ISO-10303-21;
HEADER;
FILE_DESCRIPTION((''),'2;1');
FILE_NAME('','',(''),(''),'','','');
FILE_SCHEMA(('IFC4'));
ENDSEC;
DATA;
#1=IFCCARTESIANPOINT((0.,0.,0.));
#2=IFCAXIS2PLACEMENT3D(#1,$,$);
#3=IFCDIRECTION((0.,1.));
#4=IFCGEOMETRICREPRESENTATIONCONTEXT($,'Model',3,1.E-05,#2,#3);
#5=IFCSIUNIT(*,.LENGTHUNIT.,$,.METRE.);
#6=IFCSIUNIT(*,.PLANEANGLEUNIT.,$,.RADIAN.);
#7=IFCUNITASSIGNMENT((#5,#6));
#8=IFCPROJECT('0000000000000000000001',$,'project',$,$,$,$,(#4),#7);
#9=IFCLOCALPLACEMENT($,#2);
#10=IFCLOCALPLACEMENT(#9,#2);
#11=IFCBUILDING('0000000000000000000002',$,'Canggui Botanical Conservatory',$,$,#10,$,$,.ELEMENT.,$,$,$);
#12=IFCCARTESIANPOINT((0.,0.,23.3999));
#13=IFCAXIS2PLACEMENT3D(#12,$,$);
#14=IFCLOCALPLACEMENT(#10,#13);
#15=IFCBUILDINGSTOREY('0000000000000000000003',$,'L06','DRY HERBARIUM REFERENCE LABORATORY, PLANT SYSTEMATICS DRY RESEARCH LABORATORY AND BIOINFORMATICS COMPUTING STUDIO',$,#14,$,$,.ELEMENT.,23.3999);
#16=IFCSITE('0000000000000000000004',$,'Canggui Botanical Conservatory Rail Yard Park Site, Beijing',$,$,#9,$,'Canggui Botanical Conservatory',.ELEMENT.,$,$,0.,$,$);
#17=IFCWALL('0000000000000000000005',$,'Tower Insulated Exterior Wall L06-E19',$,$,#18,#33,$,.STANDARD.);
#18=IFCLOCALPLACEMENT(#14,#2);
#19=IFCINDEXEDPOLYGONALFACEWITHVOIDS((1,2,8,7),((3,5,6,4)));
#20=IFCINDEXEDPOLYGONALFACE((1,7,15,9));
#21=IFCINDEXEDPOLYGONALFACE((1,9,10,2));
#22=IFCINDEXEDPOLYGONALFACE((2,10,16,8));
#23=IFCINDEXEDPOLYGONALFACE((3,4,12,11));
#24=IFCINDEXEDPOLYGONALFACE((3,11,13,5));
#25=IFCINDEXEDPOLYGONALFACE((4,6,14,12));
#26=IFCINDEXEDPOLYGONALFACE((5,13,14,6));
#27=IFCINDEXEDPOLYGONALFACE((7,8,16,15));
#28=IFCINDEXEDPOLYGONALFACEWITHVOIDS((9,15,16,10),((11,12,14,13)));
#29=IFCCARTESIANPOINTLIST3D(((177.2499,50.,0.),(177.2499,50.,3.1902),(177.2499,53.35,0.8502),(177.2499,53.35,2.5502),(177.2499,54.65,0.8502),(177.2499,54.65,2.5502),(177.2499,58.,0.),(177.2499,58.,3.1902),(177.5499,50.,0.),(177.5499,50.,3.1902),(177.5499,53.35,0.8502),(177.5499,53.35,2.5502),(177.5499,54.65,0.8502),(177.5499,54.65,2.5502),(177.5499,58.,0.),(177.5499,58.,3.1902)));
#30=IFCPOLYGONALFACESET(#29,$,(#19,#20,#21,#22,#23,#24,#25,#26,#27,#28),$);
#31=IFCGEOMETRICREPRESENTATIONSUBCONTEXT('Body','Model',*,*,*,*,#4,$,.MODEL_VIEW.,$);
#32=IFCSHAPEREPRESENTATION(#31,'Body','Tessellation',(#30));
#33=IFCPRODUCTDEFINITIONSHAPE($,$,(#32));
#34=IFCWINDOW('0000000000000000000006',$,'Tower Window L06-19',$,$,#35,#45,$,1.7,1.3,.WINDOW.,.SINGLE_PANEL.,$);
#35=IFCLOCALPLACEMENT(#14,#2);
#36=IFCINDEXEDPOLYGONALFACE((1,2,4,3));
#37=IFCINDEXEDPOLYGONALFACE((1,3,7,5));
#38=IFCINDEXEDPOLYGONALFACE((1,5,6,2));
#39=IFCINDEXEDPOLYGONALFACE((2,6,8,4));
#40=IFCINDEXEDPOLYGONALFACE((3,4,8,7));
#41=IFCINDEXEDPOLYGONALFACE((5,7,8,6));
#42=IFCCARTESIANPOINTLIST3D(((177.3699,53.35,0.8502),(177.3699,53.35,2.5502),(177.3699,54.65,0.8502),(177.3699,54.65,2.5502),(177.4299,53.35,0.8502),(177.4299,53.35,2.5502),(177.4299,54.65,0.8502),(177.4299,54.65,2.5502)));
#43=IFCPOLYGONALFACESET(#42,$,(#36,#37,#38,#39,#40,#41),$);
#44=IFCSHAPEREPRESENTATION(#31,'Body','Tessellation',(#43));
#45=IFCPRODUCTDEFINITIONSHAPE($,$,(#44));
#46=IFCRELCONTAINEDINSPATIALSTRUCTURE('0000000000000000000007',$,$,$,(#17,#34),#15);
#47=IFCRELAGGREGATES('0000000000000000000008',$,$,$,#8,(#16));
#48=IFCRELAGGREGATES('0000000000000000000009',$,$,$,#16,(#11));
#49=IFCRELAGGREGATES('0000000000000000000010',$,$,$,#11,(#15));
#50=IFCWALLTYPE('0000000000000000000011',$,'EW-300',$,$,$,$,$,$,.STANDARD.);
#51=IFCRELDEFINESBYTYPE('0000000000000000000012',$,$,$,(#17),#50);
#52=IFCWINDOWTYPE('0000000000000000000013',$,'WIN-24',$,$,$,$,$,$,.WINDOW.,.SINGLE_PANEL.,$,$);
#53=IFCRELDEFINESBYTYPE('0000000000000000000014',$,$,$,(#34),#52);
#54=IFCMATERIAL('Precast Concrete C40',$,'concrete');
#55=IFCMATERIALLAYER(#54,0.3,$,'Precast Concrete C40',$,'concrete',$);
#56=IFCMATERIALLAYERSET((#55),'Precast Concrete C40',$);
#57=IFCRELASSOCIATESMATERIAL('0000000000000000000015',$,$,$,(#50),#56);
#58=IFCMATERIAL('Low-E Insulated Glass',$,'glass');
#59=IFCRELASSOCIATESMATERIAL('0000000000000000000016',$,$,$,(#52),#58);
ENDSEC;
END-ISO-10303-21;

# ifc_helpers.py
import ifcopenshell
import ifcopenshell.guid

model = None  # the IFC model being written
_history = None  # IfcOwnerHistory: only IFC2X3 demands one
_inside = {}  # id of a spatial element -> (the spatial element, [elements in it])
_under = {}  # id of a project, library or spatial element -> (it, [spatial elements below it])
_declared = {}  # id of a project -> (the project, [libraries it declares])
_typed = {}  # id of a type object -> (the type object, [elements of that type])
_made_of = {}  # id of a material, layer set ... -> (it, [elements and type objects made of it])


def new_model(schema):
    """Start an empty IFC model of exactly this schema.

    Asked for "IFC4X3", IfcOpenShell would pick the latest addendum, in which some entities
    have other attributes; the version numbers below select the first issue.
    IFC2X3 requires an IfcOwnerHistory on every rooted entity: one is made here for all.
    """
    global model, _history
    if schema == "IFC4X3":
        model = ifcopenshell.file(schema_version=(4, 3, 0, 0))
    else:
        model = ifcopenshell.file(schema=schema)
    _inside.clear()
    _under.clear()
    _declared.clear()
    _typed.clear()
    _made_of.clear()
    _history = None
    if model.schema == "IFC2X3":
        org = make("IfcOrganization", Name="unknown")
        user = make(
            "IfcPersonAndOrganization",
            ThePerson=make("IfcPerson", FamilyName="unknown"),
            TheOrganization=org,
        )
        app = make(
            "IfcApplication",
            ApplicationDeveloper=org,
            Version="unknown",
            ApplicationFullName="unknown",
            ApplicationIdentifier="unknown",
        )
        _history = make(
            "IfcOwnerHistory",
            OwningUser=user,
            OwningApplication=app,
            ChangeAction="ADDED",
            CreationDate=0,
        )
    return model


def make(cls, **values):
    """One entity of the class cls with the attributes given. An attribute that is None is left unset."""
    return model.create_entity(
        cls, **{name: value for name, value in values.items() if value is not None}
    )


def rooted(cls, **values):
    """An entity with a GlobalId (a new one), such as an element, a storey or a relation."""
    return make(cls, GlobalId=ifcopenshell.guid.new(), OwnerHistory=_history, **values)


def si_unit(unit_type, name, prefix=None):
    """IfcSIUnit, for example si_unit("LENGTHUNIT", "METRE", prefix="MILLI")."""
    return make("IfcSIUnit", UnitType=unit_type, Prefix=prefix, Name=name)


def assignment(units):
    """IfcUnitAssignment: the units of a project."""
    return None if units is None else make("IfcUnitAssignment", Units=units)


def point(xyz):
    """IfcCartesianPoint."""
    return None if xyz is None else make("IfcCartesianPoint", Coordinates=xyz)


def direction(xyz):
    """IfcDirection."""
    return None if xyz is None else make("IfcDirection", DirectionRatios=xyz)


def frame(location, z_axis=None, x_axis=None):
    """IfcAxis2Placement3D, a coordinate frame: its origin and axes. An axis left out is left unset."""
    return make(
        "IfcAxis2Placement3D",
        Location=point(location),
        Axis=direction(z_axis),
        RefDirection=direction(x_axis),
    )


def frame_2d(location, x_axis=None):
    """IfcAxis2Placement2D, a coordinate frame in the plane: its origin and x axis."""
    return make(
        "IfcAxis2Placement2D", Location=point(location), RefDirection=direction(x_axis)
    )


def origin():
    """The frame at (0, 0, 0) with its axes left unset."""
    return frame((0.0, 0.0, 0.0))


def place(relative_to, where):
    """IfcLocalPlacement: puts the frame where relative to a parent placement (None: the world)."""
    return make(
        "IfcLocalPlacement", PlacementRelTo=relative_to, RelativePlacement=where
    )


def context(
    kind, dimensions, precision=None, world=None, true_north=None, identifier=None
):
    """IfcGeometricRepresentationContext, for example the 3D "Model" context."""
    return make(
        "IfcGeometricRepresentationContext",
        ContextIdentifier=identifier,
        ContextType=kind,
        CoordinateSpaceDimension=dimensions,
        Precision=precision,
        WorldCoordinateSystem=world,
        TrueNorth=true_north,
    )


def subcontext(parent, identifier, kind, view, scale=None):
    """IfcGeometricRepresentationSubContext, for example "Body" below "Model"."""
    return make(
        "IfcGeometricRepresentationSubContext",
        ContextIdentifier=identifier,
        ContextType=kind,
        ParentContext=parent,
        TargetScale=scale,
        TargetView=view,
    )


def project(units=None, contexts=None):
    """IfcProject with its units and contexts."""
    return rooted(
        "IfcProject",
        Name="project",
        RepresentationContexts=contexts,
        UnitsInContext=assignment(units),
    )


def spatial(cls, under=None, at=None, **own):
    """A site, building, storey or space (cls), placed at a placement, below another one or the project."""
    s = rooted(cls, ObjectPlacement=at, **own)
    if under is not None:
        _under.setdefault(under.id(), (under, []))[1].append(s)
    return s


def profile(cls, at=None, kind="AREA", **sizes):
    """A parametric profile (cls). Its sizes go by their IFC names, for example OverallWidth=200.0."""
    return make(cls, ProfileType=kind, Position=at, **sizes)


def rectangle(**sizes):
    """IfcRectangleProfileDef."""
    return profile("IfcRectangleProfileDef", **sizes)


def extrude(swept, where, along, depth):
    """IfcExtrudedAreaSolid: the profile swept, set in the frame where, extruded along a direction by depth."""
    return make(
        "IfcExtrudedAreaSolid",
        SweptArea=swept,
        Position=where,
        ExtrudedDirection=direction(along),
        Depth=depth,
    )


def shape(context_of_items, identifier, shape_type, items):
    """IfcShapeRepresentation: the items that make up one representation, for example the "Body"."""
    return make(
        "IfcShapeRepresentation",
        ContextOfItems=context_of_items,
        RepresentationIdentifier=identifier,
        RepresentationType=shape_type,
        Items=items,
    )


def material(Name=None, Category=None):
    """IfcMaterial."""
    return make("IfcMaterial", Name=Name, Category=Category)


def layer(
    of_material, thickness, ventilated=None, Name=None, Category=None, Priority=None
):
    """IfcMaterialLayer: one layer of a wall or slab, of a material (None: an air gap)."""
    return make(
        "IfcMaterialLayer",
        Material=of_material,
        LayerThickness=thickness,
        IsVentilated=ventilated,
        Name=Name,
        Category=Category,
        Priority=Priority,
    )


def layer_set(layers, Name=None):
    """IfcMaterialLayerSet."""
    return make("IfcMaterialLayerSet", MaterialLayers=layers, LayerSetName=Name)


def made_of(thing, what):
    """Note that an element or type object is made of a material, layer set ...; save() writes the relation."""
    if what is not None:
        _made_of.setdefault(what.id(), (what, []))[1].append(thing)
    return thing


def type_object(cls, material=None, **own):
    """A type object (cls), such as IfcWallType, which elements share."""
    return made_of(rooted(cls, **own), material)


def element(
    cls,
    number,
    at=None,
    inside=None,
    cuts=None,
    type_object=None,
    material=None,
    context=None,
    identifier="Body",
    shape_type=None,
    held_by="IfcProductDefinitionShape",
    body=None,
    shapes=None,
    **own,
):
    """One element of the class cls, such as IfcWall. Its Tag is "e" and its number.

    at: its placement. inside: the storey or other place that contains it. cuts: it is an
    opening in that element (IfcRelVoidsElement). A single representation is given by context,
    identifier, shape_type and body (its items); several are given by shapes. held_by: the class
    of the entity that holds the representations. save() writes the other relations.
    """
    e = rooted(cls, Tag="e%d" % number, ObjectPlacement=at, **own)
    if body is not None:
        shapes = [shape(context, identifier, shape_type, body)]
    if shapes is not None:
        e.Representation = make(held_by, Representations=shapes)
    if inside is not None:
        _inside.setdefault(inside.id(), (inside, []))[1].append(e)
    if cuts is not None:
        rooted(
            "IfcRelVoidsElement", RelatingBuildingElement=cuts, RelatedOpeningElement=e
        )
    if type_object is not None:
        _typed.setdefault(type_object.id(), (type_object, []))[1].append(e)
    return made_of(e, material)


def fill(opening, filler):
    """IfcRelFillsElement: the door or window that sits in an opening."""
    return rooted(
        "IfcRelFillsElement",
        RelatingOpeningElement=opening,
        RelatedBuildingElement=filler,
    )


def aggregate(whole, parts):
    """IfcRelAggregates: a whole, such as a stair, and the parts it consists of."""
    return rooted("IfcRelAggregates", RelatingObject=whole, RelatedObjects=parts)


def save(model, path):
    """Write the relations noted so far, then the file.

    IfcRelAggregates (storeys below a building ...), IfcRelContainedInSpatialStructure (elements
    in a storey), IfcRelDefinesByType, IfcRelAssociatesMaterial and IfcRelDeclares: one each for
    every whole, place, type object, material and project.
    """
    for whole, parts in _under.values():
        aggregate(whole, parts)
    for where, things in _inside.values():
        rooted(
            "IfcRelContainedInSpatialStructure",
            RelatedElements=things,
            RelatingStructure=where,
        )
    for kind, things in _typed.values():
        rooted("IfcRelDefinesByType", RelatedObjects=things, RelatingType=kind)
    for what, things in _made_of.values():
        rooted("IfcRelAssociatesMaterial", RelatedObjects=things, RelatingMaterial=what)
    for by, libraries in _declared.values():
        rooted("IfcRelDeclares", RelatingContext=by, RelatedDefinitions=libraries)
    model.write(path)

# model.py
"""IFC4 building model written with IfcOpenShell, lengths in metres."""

from ifc_helpers import new_model, si_unit, direction, frame, frame_2d, origin, place, context, subcontext, project, spatial, rectangle, extrude, material, layer, layer_set, type_object, element, fill, save


model = new_model("IFC4")

# Units and contexts
model_context = context("Model", 3, precision=1e-05, world=origin(), true_north=direction((0.0, 1.0)))
body_context = subcontext(model_context, "Body", "Model", "MODEL_VIEW")
ifc_project = project(units=[si_unit("LENGTHUNIT", "METRE"), si_unit("PLANEANGLEUNIT", "RADIAN")], contexts=[model_context])

# Site, building, storey
site_placement = place(None, origin())
site = spatial("IfcSite", under=ifc_project, at=site_placement, Name="Canggui Botanical Conservatory Rail Yard Park Site, Beijing", LongName="Canggui Botanical Conservatory", CompositionType="ELEMENT", RefElevation=0.0)
building_placement = place(site_placement, origin())
building = spatial("IfcBuilding", under=site, at=building_placement, Name="Canggui Botanical Conservatory", CompositionType="ELEMENT")
storey_placement = place(building_placement, frame((0.0, 0.0, 23.3999)))
storey = spatial("IfcBuildingStorey", under=building, at=storey_placement, Name="L06", Description="DRY HERBARIUM REFERENCE LABORATORY, PLANT SYSTEMATICS DRY RESEARCH LABORATORY AND BIOINFORMATICS COMPUTING STUDIO", CompositionType="ELEMENT", Elevation=23.3999)

# Shared definitions
ifc_material_1 = material(Name="Low-E Insulated Glass", Category="glass")

# Wall, opening, window
ifc_material_2 = material(Name="Precast Concrete C40", Category="concrete")
ifc_layer_1 = layer(ifc_material_2, 0.3, Name="Precast Concrete C40", Category="concrete")
ifc_layer_set_1 = layer_set([ifc_layer_1], Name="Precast Concrete C40")
wall_type = type_object("IfcWallType", Name="EW-300", PredefinedType="STANDARD", material=ifc_layer_set_1)
wall_placement = place(storey_placement, frame((177.3999, 58.0, 0.0), z_axis=(0.0, 0.0, 1.0), x_axis=(0.0, -1.0, 0.0)))
wall = element("IfcWall", 1, at=wall_placement, inside=storey, type_object=wall_type, Name="Tower Insulated Exterior Wall L06-E19", PredefinedType="STANDARD", context=body_context, shape_type="SweptSolid", body=[
    extrude(rectangle(XDim=8.0, YDim=0.3, at=frame_2d((4.0, 0.0))), origin(), (0.0, 0.0, 1.0), 3.1902),
])
opening_placement = place(wall_placement, frame((3.3501, 0.0, 0.8501)))
opening = element("IfcOpeningElement", 2, at=opening_placement, cuts=wall, PredefinedType="OPENING", context=body_context, shape_type="SweptSolid", body=[
    extrude(rectangle(XDim=1.3, YDim=1.7, at=frame_2d((0.6499, 0.8501))), frame((0.0, 0.1602, 0.0), z_axis=(0.0, -1.0, 0.0), x_axis=(1.0, 0.0, 0.0)), (0.0, 0.0, 1.0), 0.3201),
])
window_type = type_object("IfcWindowType", Name="WIN-24", PartitioningType="SINGLE_PANEL", PredefinedType="WINDOW", material=ifc_material_1)
window_placement = place(opening_placement, origin())
window = element("IfcWindow", 3, at=window_placement, inside=storey, type_object=window_type, Name="Tower Window L06-19", OverallHeight=1.7, OverallWidth=1.3, PartitioningType="SINGLE_PANEL", PredefinedType="WINDOW", context=body_context, shape_type="SweptSolid", body=[
    extrude(rectangle(XDim=1.3, YDim=1.7, at=frame_2d((0.6499, 0.8501))), frame((0.0, 0.03, 0.0), z_axis=(0.0, -1.0, 0.0), x_axis=(1.0, 0.0, 0.0)), (0.0, 0.0, 1.0), 0.0601),
])
fill(opening, window)

save(model, "model.ifc")
